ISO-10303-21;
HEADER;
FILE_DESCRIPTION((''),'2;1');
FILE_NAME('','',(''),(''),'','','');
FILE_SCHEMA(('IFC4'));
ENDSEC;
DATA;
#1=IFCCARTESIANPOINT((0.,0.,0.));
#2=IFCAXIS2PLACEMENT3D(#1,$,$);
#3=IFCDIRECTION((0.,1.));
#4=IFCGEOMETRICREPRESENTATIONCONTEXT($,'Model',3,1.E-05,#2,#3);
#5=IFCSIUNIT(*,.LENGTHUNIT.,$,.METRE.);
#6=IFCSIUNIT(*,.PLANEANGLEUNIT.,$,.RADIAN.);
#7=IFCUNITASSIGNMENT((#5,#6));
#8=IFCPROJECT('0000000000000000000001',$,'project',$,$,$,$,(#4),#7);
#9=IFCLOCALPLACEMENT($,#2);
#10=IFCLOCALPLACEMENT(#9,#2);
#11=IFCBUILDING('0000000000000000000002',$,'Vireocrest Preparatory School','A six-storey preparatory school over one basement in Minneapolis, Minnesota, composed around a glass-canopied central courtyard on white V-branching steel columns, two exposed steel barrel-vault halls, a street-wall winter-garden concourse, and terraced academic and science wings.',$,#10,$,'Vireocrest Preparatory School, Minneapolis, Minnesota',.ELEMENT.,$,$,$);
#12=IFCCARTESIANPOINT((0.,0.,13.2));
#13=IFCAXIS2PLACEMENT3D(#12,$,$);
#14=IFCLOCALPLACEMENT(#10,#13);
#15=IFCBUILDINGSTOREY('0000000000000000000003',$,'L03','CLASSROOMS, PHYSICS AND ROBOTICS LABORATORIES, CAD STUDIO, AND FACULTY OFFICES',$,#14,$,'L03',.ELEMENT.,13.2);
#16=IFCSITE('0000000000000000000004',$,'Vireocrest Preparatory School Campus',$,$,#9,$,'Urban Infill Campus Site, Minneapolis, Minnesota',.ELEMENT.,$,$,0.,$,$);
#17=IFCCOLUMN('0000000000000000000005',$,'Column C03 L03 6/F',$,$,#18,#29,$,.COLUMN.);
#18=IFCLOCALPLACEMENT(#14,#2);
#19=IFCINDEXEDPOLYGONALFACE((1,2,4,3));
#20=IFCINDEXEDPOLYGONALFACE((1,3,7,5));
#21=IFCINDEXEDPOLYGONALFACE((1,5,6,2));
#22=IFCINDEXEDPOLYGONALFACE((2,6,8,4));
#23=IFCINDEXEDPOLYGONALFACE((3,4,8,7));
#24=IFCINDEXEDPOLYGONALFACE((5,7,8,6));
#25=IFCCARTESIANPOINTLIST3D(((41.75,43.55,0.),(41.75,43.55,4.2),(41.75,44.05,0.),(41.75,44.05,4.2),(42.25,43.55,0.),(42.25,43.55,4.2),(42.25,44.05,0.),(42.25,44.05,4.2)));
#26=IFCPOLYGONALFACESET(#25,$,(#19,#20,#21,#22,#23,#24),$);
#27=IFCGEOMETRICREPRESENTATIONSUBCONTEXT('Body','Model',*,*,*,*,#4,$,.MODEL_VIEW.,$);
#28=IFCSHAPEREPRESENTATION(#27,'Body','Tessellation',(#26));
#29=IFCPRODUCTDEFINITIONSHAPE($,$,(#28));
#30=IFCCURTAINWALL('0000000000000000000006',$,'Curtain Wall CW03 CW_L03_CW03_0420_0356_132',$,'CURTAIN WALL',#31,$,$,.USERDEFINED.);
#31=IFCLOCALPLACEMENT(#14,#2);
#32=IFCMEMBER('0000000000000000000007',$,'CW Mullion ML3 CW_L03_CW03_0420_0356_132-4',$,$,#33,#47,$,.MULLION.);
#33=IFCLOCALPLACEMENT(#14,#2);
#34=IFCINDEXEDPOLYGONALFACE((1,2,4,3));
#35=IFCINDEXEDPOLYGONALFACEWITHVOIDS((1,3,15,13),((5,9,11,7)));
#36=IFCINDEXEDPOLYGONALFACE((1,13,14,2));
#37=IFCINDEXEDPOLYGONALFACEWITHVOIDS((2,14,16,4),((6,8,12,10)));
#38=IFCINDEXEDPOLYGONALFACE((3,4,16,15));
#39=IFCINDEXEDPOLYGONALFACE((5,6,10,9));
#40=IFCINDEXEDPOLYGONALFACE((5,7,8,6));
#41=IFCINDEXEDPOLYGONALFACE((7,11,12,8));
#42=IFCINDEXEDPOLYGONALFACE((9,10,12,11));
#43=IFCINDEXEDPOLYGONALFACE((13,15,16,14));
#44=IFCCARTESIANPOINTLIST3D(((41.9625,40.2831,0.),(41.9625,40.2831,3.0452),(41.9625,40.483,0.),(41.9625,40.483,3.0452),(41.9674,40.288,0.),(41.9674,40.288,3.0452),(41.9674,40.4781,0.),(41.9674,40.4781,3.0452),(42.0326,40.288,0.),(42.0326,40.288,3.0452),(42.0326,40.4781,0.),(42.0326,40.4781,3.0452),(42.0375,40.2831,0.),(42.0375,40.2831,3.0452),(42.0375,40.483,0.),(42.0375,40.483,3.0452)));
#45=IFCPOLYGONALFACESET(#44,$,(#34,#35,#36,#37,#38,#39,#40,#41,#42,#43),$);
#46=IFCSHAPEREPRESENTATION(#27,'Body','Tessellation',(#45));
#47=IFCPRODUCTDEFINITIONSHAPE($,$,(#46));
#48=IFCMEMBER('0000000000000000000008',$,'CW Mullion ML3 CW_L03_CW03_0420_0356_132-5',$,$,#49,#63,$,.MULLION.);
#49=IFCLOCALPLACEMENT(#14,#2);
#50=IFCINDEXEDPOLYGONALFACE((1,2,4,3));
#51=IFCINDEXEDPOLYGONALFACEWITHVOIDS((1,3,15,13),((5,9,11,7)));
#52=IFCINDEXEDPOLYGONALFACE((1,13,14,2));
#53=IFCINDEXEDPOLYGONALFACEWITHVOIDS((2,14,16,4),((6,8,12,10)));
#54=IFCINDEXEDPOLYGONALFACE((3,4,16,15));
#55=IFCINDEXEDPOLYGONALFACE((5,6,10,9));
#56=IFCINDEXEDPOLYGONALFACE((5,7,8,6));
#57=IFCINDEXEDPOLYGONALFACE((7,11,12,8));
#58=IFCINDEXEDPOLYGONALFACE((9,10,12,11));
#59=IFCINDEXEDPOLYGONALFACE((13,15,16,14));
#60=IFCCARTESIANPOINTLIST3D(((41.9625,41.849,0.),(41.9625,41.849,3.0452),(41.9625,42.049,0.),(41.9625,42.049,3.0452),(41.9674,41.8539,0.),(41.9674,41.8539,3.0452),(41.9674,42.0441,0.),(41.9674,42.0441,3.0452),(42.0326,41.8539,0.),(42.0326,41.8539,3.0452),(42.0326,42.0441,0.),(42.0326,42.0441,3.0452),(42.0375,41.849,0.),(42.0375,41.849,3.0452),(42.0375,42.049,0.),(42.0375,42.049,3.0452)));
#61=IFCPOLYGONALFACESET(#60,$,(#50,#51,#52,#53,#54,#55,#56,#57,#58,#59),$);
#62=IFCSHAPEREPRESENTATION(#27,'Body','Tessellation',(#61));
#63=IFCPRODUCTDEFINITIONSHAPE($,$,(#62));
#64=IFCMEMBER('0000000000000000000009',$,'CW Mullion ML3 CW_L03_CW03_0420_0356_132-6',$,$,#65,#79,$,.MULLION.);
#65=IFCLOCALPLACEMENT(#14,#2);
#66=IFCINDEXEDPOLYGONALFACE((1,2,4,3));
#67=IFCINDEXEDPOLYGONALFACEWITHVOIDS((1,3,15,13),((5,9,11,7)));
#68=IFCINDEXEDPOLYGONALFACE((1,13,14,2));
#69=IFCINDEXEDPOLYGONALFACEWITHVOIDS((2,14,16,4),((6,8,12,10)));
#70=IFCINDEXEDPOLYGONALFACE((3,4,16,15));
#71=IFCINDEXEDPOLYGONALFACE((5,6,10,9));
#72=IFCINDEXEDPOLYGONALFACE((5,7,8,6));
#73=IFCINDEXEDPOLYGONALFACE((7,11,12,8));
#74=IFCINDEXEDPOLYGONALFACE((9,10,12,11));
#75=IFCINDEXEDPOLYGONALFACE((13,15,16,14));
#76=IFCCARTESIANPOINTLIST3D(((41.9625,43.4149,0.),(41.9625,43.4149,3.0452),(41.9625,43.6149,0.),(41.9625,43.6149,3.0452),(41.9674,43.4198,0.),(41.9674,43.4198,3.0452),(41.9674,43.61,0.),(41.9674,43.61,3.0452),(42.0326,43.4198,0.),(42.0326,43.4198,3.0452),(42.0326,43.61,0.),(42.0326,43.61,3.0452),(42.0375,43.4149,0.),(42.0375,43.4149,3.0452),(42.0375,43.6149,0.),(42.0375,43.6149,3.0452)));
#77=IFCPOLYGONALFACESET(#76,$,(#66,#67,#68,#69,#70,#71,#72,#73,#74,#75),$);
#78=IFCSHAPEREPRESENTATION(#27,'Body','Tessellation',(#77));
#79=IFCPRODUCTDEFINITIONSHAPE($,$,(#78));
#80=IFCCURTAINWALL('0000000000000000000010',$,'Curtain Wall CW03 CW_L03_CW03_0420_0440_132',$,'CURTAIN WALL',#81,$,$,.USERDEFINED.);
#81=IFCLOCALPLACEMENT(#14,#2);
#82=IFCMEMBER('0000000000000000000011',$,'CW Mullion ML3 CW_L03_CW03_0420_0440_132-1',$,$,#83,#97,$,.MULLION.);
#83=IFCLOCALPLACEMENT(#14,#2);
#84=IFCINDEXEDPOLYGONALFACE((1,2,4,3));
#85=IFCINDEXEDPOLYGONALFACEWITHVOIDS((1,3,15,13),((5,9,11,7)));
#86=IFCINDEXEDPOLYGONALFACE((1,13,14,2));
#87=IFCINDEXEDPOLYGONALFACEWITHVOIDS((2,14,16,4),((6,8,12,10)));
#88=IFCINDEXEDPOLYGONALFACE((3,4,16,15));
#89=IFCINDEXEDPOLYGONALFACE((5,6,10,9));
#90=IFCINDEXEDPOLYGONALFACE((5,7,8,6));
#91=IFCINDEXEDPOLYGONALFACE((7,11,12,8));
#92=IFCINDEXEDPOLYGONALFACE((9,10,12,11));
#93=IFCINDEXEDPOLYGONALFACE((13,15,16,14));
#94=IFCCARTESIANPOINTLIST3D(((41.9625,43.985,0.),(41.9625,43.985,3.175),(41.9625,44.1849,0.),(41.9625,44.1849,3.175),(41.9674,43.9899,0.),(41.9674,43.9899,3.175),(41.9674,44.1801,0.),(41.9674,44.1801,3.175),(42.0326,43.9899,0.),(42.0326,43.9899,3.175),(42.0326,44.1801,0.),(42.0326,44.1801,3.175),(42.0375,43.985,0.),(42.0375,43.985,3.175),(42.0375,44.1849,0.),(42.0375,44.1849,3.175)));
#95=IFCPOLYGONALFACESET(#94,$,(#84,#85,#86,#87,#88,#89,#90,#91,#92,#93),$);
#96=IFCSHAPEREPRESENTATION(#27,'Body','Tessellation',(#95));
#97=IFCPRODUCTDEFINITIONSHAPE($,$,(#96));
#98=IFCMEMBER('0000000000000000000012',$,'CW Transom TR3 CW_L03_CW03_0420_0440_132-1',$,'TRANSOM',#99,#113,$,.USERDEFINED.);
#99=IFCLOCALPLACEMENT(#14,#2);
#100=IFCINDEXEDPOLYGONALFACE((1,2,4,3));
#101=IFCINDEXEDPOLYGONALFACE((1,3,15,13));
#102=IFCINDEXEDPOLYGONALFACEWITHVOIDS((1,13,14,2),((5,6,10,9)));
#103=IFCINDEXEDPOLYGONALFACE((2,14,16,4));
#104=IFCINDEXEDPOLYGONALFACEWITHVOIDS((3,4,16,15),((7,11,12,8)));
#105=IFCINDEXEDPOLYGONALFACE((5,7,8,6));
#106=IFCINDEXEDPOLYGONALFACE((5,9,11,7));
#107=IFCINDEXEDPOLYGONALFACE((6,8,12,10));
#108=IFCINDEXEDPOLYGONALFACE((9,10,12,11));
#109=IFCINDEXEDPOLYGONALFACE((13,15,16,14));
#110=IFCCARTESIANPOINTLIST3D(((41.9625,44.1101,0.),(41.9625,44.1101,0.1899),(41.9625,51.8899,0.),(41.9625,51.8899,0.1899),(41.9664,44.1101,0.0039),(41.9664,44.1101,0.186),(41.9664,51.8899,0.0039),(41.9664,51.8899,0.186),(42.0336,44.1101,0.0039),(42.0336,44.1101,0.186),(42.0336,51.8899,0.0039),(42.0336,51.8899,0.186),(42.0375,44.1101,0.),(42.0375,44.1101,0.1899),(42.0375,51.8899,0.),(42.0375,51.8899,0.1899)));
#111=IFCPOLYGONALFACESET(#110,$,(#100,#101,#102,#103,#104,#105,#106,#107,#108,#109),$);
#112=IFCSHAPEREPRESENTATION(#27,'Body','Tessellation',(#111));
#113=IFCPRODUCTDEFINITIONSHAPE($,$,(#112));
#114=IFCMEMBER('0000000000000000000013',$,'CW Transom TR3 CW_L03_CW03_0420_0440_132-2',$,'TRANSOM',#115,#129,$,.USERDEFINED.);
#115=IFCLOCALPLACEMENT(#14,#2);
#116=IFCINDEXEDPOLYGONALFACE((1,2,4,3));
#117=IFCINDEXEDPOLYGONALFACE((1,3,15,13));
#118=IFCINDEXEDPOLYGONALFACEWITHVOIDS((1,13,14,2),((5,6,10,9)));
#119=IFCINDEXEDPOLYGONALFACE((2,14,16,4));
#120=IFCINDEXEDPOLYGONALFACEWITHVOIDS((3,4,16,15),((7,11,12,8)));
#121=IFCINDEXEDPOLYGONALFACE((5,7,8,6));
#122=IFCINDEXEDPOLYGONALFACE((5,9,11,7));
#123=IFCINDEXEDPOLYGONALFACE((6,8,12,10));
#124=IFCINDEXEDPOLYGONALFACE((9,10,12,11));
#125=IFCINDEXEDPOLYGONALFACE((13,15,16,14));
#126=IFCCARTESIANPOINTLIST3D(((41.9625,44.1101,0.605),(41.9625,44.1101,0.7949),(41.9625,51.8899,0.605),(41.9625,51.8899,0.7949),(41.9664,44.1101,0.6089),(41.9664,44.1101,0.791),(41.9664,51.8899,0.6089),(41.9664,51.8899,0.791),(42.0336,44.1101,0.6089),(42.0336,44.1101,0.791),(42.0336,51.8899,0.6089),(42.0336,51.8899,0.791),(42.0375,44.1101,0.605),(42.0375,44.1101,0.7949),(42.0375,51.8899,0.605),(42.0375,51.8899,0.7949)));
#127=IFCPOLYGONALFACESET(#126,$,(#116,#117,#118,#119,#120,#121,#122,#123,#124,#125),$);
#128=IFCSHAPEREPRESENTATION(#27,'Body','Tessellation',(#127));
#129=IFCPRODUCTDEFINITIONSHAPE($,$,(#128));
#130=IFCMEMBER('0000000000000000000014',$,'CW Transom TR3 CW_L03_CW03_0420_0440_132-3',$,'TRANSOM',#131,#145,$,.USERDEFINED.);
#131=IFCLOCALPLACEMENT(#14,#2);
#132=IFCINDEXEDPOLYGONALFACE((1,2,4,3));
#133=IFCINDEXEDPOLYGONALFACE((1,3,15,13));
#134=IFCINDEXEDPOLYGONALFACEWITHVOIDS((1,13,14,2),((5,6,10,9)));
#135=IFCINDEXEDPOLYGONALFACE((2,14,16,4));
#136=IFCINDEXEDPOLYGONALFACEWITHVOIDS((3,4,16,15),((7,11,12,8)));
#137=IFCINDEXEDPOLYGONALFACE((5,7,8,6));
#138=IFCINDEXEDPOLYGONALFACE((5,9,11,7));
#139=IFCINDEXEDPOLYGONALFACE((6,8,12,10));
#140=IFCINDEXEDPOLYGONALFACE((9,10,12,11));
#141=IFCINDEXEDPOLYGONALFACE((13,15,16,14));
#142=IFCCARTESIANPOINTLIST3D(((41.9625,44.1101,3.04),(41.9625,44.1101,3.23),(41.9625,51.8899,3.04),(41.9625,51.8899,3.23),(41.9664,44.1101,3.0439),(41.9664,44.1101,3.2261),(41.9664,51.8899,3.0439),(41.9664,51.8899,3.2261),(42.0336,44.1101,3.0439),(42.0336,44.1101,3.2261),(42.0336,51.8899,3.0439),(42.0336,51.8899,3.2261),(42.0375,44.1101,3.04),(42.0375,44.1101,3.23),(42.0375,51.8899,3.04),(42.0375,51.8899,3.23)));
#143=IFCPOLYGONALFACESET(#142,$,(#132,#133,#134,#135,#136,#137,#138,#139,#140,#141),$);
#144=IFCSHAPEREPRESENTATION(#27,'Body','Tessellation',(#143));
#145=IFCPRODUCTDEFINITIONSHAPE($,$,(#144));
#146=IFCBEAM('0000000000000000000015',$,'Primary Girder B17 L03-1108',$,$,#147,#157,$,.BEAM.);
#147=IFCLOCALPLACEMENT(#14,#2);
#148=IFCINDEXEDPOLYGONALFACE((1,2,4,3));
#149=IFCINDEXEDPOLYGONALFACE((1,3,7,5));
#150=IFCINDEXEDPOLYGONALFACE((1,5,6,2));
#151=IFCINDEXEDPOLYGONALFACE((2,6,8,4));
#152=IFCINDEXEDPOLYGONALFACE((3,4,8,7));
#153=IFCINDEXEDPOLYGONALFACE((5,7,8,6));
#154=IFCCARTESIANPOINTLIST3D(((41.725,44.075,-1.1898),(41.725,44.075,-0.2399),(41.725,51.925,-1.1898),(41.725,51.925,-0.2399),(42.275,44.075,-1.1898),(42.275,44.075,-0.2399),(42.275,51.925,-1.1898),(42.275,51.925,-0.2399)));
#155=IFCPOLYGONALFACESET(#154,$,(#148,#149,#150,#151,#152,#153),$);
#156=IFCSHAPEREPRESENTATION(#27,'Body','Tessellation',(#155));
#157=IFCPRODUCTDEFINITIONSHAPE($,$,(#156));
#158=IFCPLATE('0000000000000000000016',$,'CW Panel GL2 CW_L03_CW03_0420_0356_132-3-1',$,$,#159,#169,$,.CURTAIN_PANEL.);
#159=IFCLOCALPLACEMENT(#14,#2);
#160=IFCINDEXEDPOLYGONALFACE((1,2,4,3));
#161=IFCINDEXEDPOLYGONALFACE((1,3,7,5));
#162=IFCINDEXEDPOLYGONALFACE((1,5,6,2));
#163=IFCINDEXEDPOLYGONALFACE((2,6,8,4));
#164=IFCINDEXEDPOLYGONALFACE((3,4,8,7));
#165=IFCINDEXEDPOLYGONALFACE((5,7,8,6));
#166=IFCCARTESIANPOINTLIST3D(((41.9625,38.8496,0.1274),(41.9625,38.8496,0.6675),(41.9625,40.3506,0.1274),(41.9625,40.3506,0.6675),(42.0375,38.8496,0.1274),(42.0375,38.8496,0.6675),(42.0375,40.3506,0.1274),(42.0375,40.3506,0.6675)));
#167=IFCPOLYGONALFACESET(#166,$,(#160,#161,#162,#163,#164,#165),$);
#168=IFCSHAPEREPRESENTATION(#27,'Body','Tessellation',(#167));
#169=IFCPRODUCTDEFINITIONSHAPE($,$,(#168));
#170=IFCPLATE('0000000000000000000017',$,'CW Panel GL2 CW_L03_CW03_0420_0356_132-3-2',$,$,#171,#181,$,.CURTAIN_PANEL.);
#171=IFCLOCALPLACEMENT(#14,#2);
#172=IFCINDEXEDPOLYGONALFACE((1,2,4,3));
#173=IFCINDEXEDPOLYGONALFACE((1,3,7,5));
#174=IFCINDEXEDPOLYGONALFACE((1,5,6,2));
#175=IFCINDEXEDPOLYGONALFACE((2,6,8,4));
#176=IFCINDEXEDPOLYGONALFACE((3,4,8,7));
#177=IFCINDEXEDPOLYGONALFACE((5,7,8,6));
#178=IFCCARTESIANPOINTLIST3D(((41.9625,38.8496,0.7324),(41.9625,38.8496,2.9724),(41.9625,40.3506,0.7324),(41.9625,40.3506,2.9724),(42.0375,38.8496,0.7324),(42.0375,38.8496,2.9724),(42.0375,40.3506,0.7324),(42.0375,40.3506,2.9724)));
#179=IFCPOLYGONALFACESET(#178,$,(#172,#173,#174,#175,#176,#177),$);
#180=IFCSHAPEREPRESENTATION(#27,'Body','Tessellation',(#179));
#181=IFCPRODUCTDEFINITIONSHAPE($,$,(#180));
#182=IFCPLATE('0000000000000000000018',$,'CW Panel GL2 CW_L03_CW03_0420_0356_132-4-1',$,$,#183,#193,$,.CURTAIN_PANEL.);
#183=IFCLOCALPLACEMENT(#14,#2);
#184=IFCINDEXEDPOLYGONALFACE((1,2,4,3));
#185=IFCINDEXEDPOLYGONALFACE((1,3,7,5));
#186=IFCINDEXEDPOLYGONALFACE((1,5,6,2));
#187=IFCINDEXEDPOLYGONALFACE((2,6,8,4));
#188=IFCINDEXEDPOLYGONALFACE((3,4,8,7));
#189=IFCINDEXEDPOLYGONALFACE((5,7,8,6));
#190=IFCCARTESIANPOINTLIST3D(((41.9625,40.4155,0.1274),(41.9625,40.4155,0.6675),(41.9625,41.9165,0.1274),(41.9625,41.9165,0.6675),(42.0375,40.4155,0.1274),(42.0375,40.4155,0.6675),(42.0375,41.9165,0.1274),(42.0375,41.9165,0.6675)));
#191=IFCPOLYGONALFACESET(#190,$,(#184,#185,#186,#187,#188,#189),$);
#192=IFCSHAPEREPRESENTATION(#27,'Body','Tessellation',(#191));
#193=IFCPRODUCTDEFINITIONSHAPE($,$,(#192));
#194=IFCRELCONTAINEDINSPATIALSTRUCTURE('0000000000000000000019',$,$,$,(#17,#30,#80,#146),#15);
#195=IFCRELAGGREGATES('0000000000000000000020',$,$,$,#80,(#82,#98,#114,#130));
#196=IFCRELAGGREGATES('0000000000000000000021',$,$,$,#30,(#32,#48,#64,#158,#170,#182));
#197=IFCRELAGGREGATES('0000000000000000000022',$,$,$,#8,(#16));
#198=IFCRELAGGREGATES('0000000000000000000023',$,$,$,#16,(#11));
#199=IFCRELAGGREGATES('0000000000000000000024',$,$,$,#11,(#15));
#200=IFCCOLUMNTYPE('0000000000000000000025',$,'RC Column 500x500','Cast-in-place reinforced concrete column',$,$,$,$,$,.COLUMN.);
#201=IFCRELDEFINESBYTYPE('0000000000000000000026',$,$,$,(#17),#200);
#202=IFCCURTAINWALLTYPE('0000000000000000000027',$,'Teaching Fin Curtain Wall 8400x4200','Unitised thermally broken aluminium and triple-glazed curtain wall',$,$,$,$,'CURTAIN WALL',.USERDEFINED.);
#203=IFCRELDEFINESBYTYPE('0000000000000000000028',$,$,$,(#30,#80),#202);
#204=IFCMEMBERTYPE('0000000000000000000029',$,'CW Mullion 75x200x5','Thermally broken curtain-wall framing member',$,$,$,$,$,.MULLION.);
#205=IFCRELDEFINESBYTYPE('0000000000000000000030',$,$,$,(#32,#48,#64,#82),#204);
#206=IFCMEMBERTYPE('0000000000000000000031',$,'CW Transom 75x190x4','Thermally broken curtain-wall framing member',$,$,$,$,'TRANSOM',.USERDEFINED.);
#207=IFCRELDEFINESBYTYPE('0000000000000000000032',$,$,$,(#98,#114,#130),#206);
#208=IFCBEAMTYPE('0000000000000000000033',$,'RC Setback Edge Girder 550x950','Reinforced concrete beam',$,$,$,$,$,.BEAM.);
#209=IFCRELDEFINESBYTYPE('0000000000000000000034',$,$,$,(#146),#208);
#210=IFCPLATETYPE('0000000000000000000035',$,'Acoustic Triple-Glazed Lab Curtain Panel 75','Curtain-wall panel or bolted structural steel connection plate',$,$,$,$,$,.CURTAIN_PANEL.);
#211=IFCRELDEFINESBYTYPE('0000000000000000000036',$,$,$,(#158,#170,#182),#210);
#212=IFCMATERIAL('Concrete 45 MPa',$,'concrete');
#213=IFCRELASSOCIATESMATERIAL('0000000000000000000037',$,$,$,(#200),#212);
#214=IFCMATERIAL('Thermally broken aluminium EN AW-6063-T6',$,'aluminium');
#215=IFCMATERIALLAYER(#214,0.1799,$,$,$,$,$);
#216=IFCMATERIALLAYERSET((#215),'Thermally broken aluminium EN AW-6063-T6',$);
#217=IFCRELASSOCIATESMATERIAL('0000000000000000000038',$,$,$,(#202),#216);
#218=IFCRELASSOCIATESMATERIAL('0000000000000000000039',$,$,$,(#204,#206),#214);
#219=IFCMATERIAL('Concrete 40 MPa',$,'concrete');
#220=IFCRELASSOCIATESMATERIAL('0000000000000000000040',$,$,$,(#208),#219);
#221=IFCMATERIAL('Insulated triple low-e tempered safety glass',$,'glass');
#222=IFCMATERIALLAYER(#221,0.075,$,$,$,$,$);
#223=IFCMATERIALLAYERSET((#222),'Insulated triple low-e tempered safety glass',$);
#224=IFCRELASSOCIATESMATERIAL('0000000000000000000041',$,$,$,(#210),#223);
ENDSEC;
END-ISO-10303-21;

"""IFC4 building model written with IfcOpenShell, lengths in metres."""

from ifc_helpers import new_model, si_unit, direction, frame, origin, origin_2d, place, context, subcontext, project, spatial, rectangle, hollow_rectangle, extrude, material, layer, layer_set, material_profile, profile_set, type_object, element, aggregate, save


model = new_model("IFC4")

# Units and contexts
model_context = context("Model", 3, precision=1e-05, world=origin(), true_north=direction((0.0, 1.0)))
body_context = subcontext(model_context, "Body", "Model", "MODEL_VIEW")
ifc_project = project(units=[si_unit("LENGTHUNIT", "METRE"), si_unit("PLANEANGLEUNIT", "RADIAN")], contexts=[model_context])

# Site, building, storey
site_placement = place(None, origin())
site = spatial("IfcSite", under=ifc_project, at=site_placement, Name="Vireocrest Preparatory School Campus", LongName="Urban Infill Campus Site, Minneapolis, Minnesota", CompositionType="ELEMENT", RefElevation=0.0)
building_placement = place(site_placement, origin())
building = spatial("IfcBuilding", under=site, at=building_placement, Name="Vireocrest Preparatory School", Description="A six-storey preparatory school over one basement in Minneapolis, Minnesota, composed around a glass-canopied central courtyard on white V-branching steel columns, two exposed steel barrel-vault halls, a street-wall winter-garden concourse, and terraced academic and science wings.", LongName="Vireocrest Preparatory School, Minneapolis, Minnesota", CompositionType="ELEMENT")
storey_placement = place(building_placement, frame((0.0, 0.0, 13.2)))
storey = spatial("IfcBuildingStorey", under=building, at=storey_placement, Name="L03", Description="CLASSROOMS, PHYSICS AND ROBOTICS LABORATORIES, CAD STUDIO, AND FACULTY OFFICES", LongName="L03", CompositionType="ELEMENT", Elevation=13.2)

# Column
ifc_material_1 = material(Name="Concrete 45 MPa", Category="concrete")
ifc_material_profile_1 = material_profile(ifc_material_1, rectangle(XDim=0.5, YDim=0.5, at=origin_2d()), Name="RC 500x500")
ifc_profile_set_1 = profile_set([ifc_material_profile_1], Name="Concrete 45 MPa")
column_type = type_object("IfcColumnType", Name="RC Column 500x500", Description="Cast-in-place reinforced concrete column", PredefinedType="COLUMN", material=ifc_profile_set_1)
column_placement = place(storey_placement, frame((42.0, 43.8, 0.0), z_axis=(0.0, 0.0, 1.0), x_axis=(1.0, 0.0, 0.0)))
element("IfcColumn", 1, at=column_placement, inside=storey, type_object=column_type, Name="Column C03 L03 6/F", PredefinedType="COLUMN", context=body_context, shape_type="SweptSolid", body=[
    extrude(rectangle(XDim=0.5, YDim=0.5, at=origin_2d()), origin(), (0.0, 0.0, 1.0), 4.2),
])

# Curtain walls, members
ifc_material_2 = material(Name="Thermally broken aluminium EN AW-6063-T6", Category="aluminium")
ifc_layer_1 = layer(ifc_material_2, 0.1799)
ifc_layer_set_1 = layer_set([ifc_layer_1], Name="Thermally broken aluminium EN AW-6063-T6")
curtain_wall_type = type_object("IfcCurtainWallType", Name="Teaching Fin Curtain Wall 8400x4200", Description="Unitised thermally broken aluminium and triple-glazed curtain wall", ElementType="CURTAIN WALL", PredefinedType="USERDEFINED", material=ifc_layer_set_1)
curtain_wall_1_placement = place(storey_placement, origin())
curtain_wall_1 = element("IfcCurtainWall", 2, at=curtain_wall_1_placement, inside=storey, type_object=curtain_wall_type, Name="Curtain Wall CW03 CW_L03_CW03_0420_0356_132", ObjectType="CURTAIN WALL", PredefinedType="USERDEFINED")
ifc_material_profile_2 = material_profile(ifc_material_2, hollow_rectangle(XDim=0.075, YDim=0.2, WallThickness=0.0049, at=origin_2d()), Name="ALU 75x200x5")
ifc_profile_set_2 = profile_set([ifc_material_profile_2], Name="Thermally broken aluminium EN AW-6063-T6")
member_type_1 = type_object("IfcMemberType", Name="CW Mullion 75x200x5", Description="Thermally broken curtain-wall framing member", PredefinedType="MULLION", material=ifc_profile_set_2)
member_1_placement = place(storey_placement, frame((42.0, 40.3831, 0.0), z_axis=(0.0, 0.0, 1.0), x_axis=(1.0, 0.0, 0.0)))
member_1 = element("IfcMember", 3, at=member_1_placement, type_object=member_type_1, Name="CW Mullion ML3 CW_L03_CW03_0420_0356_132-4", PredefinedType="MULLION", context=body_context, shape_type="SweptSolid", body=[
    extrude(hollow_rectangle(XDim=0.075, YDim=0.2, WallThickness=0.0049, at=origin_2d()), origin(), (0.0, 0.0, 1.0), 3.0452),
])
member_2_placement = place(storey_placement, frame((42.0, 41.949, 0.0), z_axis=(0.0, 0.0, 1.0), x_axis=(1.0, 0.0, 0.0)))
member_2 = element("IfcMember", 4, at=member_2_placement, type_object=member_type_1, Name="CW Mullion ML3 CW_L03_CW03_0420_0356_132-5", PredefinedType="MULLION", context=body_context, shape_type="SweptSolid", body=[
    extrude(hollow_rectangle(XDim=0.075, YDim=0.2, WallThickness=0.0049, at=origin_2d()), origin(), (0.0, 0.0, 1.0), 3.0452),
])
member_3_placement = place(storey_placement, frame((42.0, 43.5149, 0.0), z_axis=(0.0, 0.0, 1.0), x_axis=(1.0, 0.0, 0.0)))
member_3 = element("IfcMember", 5, at=member_3_placement, type_object=member_type_1, Name="CW Mullion ML3 CW_L03_CW03_0420_0356_132-6", PredefinedType="MULLION", context=body_context, shape_type="SweptSolid", body=[
    extrude(hollow_rectangle(XDim=0.075, YDim=0.2, WallThickness=0.0049, at=origin_2d()), origin(), (0.0, 0.0, 1.0), 3.0452),
])
curtain_wall_2_placement = place(storey_placement, origin())
curtain_wall_2 = element("IfcCurtainWall", 6, at=curtain_wall_2_placement, inside=storey, type_object=curtain_wall_type, Name="Curtain Wall CW03 CW_L03_CW03_0420_0440_132", ObjectType="CURTAIN WALL", PredefinedType="USERDEFINED")
member_4_placement = place(storey_placement, frame((42.0, 44.085, 0.0), z_axis=(0.0, 0.0, 1.0), x_axis=(1.0, 0.0, 0.0)))
member_4 = element("IfcMember", 7, at=member_4_placement, type_object=member_type_1, Name="CW Mullion ML3 CW_L03_CW03_0420_0440_132-1", PredefinedType="MULLION", context=body_context, shape_type="SweptSolid", body=[
    extrude(hollow_rectangle(XDim=0.075, YDim=0.2, WallThickness=0.0049, at=origin_2d()), origin(), (0.0, 0.0, 1.0), 3.175),
])
ifc_material_profile_3 = material_profile(ifc_material_2, hollow_rectangle(XDim=0.075, YDim=0.1899, WallThickness=0.0039, at=origin_2d()), Name="ALU 75x190x4")
ifc_profile_set_3 = profile_set([ifc_material_profile_3], Name="Thermally broken aluminium EN AW-6063-T6")
member_type_2 = type_object("IfcMemberType", Name="CW Transom 75x190x4", Description="Thermally broken curtain-wall framing member", ElementType="TRANSOM", PredefinedType="USERDEFINED", material=ifc_profile_set_3)
member_5_placement = place(storey_placement, frame((42.0, 44.1101, 0.095), z_axis=(0.0, 1.0, 0.0), x_axis=(-1.0, 0.0, 0.0)))
member_5 = element("IfcMember", 8, at=member_5_placement, type_object=member_type_2, Name="CW Transom TR3 CW_L03_CW03_0420_0440_132-1", ObjectType="TRANSOM", PredefinedType="USERDEFINED", context=body_context, shape_type="SweptSolid", body=[
    extrude(hollow_rectangle(XDim=0.075, YDim=0.1899, WallThickness=0.0039, at=origin_2d()), origin(), (0.0, 0.0, 1.0), 7.7798),
])
member_6_placement = place(storey_placement, frame((42.0, 44.1101, 0.7), z_axis=(0.0, 1.0, 0.0), x_axis=(-1.0, 0.0, 0.0)))
member_6 = element("IfcMember", 9, at=member_6_placement, type_object=member_type_2, Name="CW Transom TR3 CW_L03_CW03_0420_0440_132-2", ObjectType="TRANSOM", PredefinedType="USERDEFINED", context=body_context, shape_type="SweptSolid", body=[
    extrude(hollow_rectangle(XDim=0.075, YDim=0.1899, WallThickness=0.0039, at=origin_2d()), origin(), (0.0, 0.0, 1.0), 7.7798),
])
member_7_placement = place(storey_placement, frame((42.0, 44.1101, 3.135), z_axis=(0.0, 1.0, 0.0), x_axis=(-1.0, 0.0, 0.0)))
member_7 = element("IfcMember", 10, at=member_7_placement, type_object=member_type_2, Name="CW Transom TR3 CW_L03_CW03_0420_0440_132-3", ObjectType="TRANSOM", PredefinedType="USERDEFINED", context=body_context, shape_type="SweptSolid", body=[
    extrude(hollow_rectangle(XDim=0.075, YDim=0.1899, WallThickness=0.0039, at=origin_2d()), origin(), (0.0, 0.0, 1.0), 7.7798),
])
aggregate(curtain_wall_2, [member_4, member_5, member_6, member_7])

# Beam
ifc_material_3 = material(Name="Concrete 40 MPa", Category="concrete")
ifc_material_profile_4 = material_profile(ifc_material_3, rectangle(XDim=0.55, YDim=0.95, at=origin_2d()), Name="RC 550x950")
ifc_profile_set_4 = profile_set([ifc_material_profile_4], Name="Concrete 40 MPa")
beam_type = type_object("IfcBeamType", Name="RC Setback Edge Girder 550x950", Description="Reinforced concrete beam", PredefinedType="BEAM", material=ifc_profile_set_4)
beam_placement = place(storey_placement, frame((42.0, 44.075, -0.7148), z_axis=(0.0, 1.0, 0.0), x_axis=(-1.0, 0.0, 0.0)))
element("IfcBeam", 11, at=beam_placement, inside=storey, type_object=beam_type, Name="Primary Girder B17 L03-1108", PredefinedType="BEAM", context=body_context, shape_type="SweptSolid", body=[
    extrude(rectangle(XDim=0.55, YDim=0.95, at=origin_2d()), origin(), (0.0, 0.0, 1.0), 7.8501),
])

# Plates
ifc_material_4 = material(Name="Insulated triple low-e tempered safety glass", Category="glass")
ifc_layer_2 = layer(ifc_material_4, 0.075)
ifc_layer_set_2 = layer_set([ifc_layer_2], Name="Insulated triple low-e tempered safety glass")
plate_type = type_object("IfcPlateType", Name="Acoustic Triple-Glazed Lab Curtain Panel 75", Description="Curtain-wall panel or bolted structural steel connection plate", PredefinedType="CURTAIN_PANEL", material=ifc_layer_set_2)
plate_1_placement = place(storey_placement, frame((42.0, 39.6001, 0.1274), z_axis=(0.0, 0.0, 1.0), x_axis=(0.0, 1.0, 0.0)))
plate_1 = element("IfcPlate", 12, at=plate_1_placement, type_object=plate_type, Name="CW Panel GL2 CW_L03_CW03_0420_0356_132-3-1", PredefinedType="CURTAIN_PANEL", context=body_context, shape_type="SweptSolid", body=[
    extrude(rectangle(XDim=1.501, YDim=0.075, at=origin_2d()), origin(), (0.0, 0.0, 1.0), 0.54),
])
plate_2_placement = place(storey_placement, frame((42.0, 39.6001, 0.7324), z_axis=(0.0, 0.0, 1.0), x_axis=(0.0, 1.0, 0.0)))
plate_2 = element("IfcPlate", 13, at=plate_2_placement, type_object=plate_type, Name="CW Panel GL2 CW_L03_CW03_0420_0356_132-3-2", PredefinedType="CURTAIN_PANEL", context=body_context, shape_type="SweptSolid", body=[
    extrude(rectangle(XDim=1.501, YDim=0.075, at=origin_2d()), origin(), (0.0, 0.0, 1.0), 2.24),
])
plate_3_placement = place(storey_placement, frame((42.0, 41.166, 0.1274), z_axis=(0.0, 0.0, 1.0), x_axis=(0.0, 1.0, 0.0)))
plate_3 = element("IfcPlate", 14, at=plate_3_placement, type_object=plate_type, Name="CW Panel GL2 CW_L03_CW03_0420_0356_132-4-1", PredefinedType="CURTAIN_PANEL", context=body_context, shape_type="SweptSolid", body=[
    extrude(rectangle(XDim=1.501, YDim=0.075, at=origin_2d()), origin(), (0.0, 0.0, 1.0), 0.54),
])
aggregate(curtain_wall_1, [member_1, member_2, member_3, plate_1, plate_2, plate_3])

save(model, "model.ifc")
